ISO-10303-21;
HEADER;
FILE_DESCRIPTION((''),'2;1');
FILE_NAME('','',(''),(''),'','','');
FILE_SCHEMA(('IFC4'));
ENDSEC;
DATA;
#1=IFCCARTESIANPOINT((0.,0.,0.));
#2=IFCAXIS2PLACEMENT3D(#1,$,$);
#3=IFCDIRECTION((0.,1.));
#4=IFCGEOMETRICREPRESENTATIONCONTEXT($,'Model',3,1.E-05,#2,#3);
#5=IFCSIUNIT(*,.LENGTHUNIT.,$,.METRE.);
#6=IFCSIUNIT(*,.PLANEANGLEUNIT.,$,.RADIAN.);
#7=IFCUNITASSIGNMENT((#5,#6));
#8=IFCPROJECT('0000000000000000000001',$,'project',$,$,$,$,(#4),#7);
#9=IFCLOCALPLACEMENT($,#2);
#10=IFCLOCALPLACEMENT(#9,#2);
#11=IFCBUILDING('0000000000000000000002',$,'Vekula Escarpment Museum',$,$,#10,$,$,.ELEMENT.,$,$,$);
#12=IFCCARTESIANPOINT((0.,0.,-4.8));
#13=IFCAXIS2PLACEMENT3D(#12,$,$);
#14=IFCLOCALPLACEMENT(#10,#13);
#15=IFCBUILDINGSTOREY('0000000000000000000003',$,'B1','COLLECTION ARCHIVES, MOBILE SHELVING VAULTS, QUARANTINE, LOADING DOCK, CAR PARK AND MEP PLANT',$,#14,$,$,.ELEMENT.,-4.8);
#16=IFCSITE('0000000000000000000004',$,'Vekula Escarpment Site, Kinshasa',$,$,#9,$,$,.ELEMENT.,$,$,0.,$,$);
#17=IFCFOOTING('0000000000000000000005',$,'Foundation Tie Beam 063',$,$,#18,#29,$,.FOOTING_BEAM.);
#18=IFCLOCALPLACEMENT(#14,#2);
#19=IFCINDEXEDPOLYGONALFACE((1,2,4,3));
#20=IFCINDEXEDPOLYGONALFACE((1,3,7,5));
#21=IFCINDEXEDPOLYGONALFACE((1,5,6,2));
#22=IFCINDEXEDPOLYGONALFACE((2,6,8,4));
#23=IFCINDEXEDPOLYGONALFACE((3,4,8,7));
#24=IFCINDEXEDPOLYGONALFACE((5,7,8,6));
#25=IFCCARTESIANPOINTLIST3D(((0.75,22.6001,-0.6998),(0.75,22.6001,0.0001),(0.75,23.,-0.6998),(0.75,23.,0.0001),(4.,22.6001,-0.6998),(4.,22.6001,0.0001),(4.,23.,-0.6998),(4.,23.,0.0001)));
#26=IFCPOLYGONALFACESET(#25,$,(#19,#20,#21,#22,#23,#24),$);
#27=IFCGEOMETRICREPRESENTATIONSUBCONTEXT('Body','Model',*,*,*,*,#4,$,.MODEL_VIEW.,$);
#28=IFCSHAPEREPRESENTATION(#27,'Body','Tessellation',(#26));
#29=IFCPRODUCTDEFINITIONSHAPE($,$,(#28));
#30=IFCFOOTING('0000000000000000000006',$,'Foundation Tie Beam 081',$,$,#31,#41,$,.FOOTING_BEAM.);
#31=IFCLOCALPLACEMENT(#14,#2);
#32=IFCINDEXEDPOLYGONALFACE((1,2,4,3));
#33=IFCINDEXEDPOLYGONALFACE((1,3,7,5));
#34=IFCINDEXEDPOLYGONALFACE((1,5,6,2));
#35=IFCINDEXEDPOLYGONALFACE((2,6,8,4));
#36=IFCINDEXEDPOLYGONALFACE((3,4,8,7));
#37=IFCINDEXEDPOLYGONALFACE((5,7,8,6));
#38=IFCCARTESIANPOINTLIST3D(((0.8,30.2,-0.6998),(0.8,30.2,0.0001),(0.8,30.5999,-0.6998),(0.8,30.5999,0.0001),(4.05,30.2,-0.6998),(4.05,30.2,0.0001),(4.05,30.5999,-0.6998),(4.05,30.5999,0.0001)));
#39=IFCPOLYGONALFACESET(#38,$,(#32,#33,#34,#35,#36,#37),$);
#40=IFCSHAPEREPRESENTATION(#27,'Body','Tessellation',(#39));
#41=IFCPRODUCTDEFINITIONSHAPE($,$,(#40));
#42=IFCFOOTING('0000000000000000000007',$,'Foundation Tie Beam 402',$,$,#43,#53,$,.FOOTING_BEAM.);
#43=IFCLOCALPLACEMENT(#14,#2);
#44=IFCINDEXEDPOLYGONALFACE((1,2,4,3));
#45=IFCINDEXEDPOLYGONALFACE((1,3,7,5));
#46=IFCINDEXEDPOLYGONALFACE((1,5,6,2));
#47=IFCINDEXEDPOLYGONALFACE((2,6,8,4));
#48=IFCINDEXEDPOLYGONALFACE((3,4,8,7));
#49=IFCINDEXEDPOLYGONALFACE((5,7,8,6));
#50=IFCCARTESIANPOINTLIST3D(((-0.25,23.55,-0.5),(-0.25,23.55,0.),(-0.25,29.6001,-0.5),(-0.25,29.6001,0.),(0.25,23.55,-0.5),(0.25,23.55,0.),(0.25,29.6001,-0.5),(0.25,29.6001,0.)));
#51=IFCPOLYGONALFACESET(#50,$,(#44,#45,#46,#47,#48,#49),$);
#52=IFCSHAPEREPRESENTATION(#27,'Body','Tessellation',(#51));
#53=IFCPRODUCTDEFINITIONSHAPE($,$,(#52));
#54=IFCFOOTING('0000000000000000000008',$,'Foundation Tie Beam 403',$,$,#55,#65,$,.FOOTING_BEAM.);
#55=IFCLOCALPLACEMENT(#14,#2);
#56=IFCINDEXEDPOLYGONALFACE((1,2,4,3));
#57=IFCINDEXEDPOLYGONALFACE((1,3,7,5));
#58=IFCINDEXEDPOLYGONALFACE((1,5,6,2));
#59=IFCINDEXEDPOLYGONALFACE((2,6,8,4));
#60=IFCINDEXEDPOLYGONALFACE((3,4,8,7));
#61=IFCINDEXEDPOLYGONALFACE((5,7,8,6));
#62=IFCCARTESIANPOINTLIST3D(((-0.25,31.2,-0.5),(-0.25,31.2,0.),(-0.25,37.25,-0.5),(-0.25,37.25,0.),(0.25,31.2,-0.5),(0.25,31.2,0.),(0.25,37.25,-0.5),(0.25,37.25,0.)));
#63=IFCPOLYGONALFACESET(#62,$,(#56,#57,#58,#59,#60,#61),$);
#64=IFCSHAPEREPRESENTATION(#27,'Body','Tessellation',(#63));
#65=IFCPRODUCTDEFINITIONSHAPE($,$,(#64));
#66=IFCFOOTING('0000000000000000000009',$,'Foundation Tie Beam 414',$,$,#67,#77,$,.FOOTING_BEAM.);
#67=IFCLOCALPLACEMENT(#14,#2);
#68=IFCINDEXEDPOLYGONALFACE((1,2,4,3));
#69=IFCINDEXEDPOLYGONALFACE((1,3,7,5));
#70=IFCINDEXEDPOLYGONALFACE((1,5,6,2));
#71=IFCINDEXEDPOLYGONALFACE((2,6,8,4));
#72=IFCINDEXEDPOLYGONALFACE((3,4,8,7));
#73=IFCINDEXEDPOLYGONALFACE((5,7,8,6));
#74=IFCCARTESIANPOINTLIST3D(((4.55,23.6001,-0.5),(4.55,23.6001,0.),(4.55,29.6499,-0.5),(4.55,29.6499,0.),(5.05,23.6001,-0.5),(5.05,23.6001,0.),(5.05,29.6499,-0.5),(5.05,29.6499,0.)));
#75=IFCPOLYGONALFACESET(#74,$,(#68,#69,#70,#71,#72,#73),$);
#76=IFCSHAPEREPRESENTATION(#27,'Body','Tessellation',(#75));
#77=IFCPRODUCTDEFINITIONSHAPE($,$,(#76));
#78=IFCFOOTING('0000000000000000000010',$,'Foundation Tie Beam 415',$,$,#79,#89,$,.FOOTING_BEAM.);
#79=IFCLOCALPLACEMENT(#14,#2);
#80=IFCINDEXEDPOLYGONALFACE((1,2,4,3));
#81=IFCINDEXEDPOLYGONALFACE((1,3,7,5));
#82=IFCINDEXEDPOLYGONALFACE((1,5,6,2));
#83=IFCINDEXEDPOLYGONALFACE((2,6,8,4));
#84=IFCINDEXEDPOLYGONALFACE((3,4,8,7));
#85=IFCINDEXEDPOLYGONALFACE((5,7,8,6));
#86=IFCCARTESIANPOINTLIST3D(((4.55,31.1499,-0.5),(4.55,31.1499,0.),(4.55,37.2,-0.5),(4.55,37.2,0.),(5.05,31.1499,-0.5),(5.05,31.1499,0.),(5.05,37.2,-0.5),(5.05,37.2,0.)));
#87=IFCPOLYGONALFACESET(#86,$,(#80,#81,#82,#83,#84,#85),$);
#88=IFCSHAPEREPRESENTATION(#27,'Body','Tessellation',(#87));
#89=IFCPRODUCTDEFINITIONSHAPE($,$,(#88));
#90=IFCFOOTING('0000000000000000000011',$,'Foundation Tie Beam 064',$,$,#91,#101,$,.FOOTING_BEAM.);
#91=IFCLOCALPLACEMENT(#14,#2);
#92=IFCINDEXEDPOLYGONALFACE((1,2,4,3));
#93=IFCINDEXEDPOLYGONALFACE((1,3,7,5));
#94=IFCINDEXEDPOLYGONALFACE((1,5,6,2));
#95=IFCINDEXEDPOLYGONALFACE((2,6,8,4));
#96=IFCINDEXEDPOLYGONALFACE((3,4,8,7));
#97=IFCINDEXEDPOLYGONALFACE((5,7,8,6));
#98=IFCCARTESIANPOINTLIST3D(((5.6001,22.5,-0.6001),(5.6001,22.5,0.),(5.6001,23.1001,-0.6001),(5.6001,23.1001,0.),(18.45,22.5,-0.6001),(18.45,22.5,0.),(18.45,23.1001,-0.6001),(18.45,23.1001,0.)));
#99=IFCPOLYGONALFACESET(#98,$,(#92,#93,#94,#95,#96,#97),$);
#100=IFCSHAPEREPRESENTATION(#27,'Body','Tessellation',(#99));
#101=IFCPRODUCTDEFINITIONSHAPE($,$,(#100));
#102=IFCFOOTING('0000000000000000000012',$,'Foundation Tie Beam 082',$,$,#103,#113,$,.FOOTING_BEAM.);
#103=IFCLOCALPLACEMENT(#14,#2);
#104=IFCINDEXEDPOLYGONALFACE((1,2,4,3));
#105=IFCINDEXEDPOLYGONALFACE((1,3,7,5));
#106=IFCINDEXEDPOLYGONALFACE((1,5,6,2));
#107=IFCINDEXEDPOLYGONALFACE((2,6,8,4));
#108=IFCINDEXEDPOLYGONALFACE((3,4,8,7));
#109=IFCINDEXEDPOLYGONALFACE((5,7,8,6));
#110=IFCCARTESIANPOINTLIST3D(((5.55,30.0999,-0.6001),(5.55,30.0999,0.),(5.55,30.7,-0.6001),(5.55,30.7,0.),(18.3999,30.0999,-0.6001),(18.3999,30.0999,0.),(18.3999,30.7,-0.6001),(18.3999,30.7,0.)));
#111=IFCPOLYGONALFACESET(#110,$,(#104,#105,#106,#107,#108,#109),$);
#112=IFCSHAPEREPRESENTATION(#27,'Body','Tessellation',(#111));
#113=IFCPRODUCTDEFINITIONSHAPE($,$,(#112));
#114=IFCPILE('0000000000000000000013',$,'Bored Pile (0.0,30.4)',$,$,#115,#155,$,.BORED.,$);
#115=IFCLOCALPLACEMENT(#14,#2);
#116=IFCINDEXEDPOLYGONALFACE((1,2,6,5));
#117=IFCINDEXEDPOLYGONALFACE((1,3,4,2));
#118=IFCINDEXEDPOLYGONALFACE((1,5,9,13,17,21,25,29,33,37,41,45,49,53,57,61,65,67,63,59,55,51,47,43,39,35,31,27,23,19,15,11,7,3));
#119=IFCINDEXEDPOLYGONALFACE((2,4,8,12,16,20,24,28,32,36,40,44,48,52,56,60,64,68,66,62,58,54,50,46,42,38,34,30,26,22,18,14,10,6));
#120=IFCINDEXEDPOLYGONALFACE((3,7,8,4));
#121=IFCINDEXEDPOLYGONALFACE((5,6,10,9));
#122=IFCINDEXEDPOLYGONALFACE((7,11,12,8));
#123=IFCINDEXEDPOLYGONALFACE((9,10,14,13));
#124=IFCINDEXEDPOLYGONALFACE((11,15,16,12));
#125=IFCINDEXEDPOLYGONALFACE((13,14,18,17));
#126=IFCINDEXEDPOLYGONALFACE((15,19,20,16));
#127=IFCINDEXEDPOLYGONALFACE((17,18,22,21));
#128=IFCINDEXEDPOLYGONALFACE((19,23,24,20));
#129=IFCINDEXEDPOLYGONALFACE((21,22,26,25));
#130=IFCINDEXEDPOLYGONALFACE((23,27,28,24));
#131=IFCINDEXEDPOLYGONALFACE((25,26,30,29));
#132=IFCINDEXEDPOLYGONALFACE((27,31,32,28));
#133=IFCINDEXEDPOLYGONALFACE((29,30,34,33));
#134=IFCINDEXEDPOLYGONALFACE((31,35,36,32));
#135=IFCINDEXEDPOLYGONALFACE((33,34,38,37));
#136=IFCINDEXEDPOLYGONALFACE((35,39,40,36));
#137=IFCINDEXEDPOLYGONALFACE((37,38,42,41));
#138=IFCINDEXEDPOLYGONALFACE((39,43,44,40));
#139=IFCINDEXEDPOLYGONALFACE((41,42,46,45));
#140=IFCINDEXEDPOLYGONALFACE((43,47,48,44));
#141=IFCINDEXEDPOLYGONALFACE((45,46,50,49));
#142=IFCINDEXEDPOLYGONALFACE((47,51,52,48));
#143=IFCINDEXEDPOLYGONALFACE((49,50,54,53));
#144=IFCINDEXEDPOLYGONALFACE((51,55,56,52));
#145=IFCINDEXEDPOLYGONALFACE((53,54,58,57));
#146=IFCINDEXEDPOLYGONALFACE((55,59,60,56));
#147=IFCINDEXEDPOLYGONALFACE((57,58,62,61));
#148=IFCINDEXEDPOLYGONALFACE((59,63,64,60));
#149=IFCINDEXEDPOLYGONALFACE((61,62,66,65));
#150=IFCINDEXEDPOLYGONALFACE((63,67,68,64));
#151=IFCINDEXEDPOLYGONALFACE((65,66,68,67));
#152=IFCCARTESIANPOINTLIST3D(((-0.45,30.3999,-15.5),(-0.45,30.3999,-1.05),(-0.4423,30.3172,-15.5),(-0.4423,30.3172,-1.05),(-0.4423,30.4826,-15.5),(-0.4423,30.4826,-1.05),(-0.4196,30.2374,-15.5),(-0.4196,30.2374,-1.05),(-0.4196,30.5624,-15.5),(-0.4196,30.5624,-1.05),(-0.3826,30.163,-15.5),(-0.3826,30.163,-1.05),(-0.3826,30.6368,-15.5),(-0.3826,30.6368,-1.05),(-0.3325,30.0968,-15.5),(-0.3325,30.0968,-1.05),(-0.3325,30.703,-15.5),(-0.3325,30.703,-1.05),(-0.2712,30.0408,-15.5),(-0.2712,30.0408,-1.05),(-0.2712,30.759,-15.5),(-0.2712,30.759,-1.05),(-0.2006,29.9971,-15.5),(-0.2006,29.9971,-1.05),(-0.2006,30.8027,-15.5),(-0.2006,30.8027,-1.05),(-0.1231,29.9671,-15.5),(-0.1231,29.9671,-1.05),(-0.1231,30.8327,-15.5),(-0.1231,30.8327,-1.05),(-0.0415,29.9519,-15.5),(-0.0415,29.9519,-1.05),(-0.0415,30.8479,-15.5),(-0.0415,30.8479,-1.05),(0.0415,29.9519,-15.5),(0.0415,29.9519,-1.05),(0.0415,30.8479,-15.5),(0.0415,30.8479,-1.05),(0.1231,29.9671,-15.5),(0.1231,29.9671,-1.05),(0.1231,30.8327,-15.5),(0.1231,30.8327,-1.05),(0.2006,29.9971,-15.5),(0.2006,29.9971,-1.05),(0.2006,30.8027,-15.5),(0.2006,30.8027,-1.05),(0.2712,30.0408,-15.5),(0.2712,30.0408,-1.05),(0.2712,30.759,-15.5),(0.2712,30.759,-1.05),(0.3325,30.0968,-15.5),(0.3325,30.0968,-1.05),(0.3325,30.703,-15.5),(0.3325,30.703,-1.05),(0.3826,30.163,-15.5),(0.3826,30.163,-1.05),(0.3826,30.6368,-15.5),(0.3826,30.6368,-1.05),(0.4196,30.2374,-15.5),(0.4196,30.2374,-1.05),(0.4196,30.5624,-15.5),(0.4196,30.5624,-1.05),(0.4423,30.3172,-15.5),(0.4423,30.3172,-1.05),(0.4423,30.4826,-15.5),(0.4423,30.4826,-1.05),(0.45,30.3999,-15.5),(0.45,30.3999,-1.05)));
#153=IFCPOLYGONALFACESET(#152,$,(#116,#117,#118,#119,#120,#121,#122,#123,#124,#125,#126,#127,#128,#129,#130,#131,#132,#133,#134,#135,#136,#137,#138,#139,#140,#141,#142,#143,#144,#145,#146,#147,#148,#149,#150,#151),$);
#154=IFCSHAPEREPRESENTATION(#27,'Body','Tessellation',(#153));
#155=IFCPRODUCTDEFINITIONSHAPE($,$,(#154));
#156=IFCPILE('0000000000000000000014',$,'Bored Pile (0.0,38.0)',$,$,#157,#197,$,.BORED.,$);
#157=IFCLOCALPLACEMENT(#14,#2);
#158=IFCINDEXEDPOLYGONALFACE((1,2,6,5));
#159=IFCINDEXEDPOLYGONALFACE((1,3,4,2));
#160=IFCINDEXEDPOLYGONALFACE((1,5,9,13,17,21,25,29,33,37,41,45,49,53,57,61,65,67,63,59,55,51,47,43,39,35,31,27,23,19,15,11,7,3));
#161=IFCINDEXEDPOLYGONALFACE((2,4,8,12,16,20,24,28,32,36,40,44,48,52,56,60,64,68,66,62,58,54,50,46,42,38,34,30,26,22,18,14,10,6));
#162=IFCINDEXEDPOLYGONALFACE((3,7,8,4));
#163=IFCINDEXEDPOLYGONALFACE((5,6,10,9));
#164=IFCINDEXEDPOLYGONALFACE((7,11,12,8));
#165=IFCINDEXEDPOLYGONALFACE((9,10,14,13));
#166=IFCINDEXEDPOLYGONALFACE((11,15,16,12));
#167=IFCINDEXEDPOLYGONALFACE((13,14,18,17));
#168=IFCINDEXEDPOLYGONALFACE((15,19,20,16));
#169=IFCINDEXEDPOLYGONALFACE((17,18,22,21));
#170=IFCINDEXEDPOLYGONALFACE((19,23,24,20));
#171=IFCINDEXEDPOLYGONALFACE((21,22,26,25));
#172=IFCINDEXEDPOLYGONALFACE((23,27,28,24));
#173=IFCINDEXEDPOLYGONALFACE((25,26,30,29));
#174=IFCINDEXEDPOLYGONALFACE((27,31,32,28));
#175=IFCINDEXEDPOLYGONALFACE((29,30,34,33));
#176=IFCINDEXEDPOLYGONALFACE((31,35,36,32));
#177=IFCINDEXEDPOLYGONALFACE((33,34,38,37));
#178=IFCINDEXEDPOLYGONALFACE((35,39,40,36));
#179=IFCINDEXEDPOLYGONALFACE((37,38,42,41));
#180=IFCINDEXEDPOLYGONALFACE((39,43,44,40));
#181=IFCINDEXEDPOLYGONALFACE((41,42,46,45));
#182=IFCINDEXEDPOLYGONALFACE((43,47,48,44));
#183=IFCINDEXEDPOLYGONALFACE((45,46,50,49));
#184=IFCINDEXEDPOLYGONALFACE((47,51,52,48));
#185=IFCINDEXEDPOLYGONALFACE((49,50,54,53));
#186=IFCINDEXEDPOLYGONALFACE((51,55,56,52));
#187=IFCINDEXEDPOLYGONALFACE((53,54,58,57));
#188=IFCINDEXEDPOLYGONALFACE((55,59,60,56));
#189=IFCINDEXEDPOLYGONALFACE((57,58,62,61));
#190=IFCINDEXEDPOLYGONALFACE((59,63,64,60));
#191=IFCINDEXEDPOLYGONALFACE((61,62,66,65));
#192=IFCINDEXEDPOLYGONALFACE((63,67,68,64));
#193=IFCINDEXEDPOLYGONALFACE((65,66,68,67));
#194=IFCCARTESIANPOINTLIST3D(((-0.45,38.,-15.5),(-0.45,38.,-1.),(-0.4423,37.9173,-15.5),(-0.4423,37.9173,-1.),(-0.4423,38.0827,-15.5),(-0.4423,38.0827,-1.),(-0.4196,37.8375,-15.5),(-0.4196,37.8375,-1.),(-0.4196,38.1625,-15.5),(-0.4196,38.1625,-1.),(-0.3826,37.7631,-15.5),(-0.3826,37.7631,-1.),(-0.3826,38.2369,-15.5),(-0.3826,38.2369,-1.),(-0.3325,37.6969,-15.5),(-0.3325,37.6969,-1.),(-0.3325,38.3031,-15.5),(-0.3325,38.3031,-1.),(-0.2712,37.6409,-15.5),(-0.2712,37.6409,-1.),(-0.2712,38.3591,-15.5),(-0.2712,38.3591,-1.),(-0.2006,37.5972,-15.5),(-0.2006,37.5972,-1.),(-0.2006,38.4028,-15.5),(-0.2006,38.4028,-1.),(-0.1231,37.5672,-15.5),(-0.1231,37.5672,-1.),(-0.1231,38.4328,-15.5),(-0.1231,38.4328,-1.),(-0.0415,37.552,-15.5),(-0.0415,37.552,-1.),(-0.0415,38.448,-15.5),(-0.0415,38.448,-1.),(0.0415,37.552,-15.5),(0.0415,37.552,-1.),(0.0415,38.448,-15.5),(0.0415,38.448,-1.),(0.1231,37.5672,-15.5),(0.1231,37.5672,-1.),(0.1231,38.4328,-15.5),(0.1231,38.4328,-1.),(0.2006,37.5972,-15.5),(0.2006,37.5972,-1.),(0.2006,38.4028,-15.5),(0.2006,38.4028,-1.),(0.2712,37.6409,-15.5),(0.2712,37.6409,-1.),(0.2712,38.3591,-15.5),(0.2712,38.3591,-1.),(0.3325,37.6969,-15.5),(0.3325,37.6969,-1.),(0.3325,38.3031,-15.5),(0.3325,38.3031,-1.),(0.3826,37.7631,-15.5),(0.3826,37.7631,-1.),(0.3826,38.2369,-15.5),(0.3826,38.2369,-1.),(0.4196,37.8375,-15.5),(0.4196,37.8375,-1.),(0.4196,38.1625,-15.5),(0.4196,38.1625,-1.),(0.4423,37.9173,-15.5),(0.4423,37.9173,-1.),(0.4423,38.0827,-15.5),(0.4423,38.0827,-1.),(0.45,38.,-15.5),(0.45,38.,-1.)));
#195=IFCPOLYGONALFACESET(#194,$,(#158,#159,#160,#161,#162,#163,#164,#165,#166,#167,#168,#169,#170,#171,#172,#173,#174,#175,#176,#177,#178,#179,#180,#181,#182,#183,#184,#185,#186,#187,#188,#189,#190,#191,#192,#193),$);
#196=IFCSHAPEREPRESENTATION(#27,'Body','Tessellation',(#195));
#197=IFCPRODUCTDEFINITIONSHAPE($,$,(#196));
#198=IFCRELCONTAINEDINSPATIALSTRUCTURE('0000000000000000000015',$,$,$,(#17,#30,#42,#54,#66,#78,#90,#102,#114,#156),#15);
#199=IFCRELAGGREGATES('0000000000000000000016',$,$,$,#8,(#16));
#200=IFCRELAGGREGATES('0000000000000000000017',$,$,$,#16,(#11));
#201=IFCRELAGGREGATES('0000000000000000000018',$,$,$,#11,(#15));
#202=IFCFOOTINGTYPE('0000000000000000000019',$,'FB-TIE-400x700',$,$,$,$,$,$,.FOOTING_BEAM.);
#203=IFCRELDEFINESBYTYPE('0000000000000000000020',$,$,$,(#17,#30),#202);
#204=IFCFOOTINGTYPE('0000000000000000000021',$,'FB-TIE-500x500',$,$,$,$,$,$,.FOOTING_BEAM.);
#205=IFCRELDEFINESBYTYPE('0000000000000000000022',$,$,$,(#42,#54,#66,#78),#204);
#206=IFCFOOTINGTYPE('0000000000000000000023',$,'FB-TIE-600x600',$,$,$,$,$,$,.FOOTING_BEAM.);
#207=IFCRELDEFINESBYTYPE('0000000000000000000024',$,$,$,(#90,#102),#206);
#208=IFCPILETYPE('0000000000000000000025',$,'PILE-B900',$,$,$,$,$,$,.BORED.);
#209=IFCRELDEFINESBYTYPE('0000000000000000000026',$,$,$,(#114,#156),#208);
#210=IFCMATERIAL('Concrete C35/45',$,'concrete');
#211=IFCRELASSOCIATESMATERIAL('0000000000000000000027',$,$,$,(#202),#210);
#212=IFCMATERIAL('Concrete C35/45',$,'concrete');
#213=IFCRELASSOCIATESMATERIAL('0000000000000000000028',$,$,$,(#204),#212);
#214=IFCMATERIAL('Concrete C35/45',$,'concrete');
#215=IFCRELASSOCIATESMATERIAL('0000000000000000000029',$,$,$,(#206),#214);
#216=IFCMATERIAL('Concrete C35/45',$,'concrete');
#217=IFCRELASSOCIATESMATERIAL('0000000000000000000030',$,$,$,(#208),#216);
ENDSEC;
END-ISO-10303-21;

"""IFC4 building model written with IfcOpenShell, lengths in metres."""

from ifc_helpers import new_model, si_unit, direction, frame, origin, origin_2d, place, context, subcontext, project, spatial, rectangle, circle, extrude, material, material_profile, profile_set, type_object, element, save


model = new_model("IFC4")

# Units and contexts
model_context = context("Model", 3, precision=1e-05, world=origin(), true_north=direction((0.0, 1.0)))
body_context = subcontext(model_context, "Body", "Model", "MODEL_VIEW")
ifc_project = project(units=[si_unit("LENGTHUNIT", "METRE"), si_unit("PLANEANGLEUNIT", "RADIAN")], contexts=[model_context])

# Site, building, storey
site_placement = place(None, origin())
site = spatial("IfcSite", under=ifc_project, at=site_placement, Name="Vekula Escarpment Site, Kinshasa", CompositionType="ELEMENT", RefElevation=0.0)
building_placement = place(site_placement, origin())
building = spatial("IfcBuilding", under=site, at=building_placement, Name="Vekula Escarpment Museum", CompositionType="ELEMENT")
storey_placement = place(building_placement, frame((0.0, 0.0, -4.8)))
storey = spatial("IfcBuildingStorey", under=building, at=storey_placement, Name="B1", Description="COLLECTION ARCHIVES, MOBILE SHELVING VAULTS, QUARANTINE, LOADING DOCK, CAR PARK AND MEP PLANT", CompositionType="ELEMENT", Elevation=-4.8)

# Footings
ifc_material_1 = material(Name="Concrete C35/45", Category="concrete")
ifc_material_profile_1 = material_profile(ifc_material_1, rectangle(XDim=0.3999, YDim=0.7, at=origin_2d()), Name="RC 400x700")
ifc_profile_set_1 = profile_set([ifc_material_profile_1], Name="Concrete C35/45")
footing_type_1 = type_object("IfcFootingType", Name="FB-TIE-400x700", PredefinedType="FOOTING_BEAM", material=ifc_profile_set_1)
for number, where, z_axis, x_axis, name in (
    (1, (0.75, 22.8, -0.3499), (1.0, 0.0, 0.0), (0.0, 1.0, 0.0), "Foundation Tie Beam 063"),
    (2, (0.8, 30.3999, -0.3499), (1.0, 0.0, 0.0), (0.0, 1.0, 0.0), "Foundation Tie Beam 081"),
):
    element("IfcFooting", number, at=place(storey_placement, frame(where, z_axis=z_axis, x_axis=x_axis)), inside=storey, type_object=footing_type_1, Name=name, PredefinedType="FOOTING_BEAM", context=body_context, shape_type="SweptSolid", body=[
        extrude(rectangle(XDim=0.3999, YDim=0.7, at=origin_2d()), origin(), (0.0, 0.0, 1.0), 3.25),
    ])
ifc_material_2 = material(Name="Concrete C35/45", Category="concrete")
ifc_material_profile_2 = material_profile(ifc_material_2, rectangle(XDim=0.5, YDim=0.5, at=origin_2d()), Name="RC 500x500")
ifc_profile_set_2 = profile_set([ifc_material_profile_2], Name="Concrete C35/45")
footing_type_2 = type_object("IfcFootingType", Name="FB-TIE-500x500", PredefinedType="FOOTING_BEAM", material=ifc_profile_set_2)
for number, where, z_axis, x_axis, name in (
    (3, (0.0, 23.55, -0.25), (0.0, 1.0, 0.0), (-1.0, 0.0, 0.0), "Foundation Tie Beam 402"),
    (4, (0.0, 31.2, -0.25), (0.0, 1.0, 0.0), (-1.0, 0.0, 0.0), "Foundation Tie Beam 403"),
):
    element("IfcFooting", number, at=place(storey_placement, frame(where, z_axis=z_axis, x_axis=x_axis)), inside=storey, type_object=footing_type_2, Name=name, PredefinedType="FOOTING_BEAM", context=body_context, shape_type="SweptSolid", body=[
        extrude(rectangle(XDim=0.5, YDim=0.5, at=origin_2d()), origin(), (0.0, 0.0, 1.0), 6.05),
    ])
footing_1_placement = place(storey_placement, frame((4.8, 23.6001, -0.25), z_axis=(0.0, 1.0, 0.0), x_axis=(-1.0, 0.0, 0.0)))
element("IfcFooting", 5, at=footing_1_placement, inside=storey, type_object=footing_type_2, Name="Foundation Tie Beam 414", PredefinedType="FOOTING_BEAM", context=body_context, shape_type="SweptSolid", body=[
    extrude(rectangle(XDim=0.5, YDim=0.5, at=origin_2d()), origin(), (0.0, 0.0, 1.0), 6.0498),
])
footing_2_placement = place(storey_placement, frame((4.8, 31.1499, -0.25), z_axis=(0.0, 1.0, 0.0), x_axis=(-1.0, 0.0, 0.0)))
element("IfcFooting", 6, at=footing_2_placement, inside=storey, type_object=footing_type_2, Name="Foundation Tie Beam 415", PredefinedType="FOOTING_BEAM", context=body_context, shape_type="SweptSolid", body=[
    extrude(rectangle(XDim=0.5, YDim=0.5, at=origin_2d()), origin(), (0.0, 0.0, 1.0), 6.05),
])
ifc_material_3 = material(Name="Concrete C35/45", Category="concrete")
ifc_material_profile_3 = material_profile(ifc_material_3, rectangle(XDim=0.6001, YDim=0.6001, at=origin_2d()), Name="RC 600x600")
ifc_profile_set_3 = profile_set([ifc_material_profile_3], Name="Concrete C35/45")
footing_type_3 = type_object("IfcFootingType", Name="FB-TIE-600x600", PredefinedType="FOOTING_BEAM", material=ifc_profile_set_3)
for number, where, z_axis, x_axis, name in (
    (7, (5.6001, 22.8, -0.3), (1.0, 0.0, 0.0), (0.0, 1.0, 0.0), "Foundation Tie Beam 064"),
    (8, (5.55, 30.3999, -0.3), (1.0, 0.0, 0.0), (0.0, 1.0, 0.0), "Foundation Tie Beam 082"),
):
    element("IfcFooting", number, at=place(storey_placement, frame(where, z_axis=z_axis, x_axis=x_axis)), inside=storey, type_object=footing_type_3, Name=name, PredefinedType="FOOTING_BEAM", context=body_context, shape_type="SweptSolid", body=[
        extrude(rectangle(XDim=0.6001, YDim=0.6001, at=origin_2d()), origin(), (0.0, 0.0, 1.0), 12.8499),
    ])

# Piles
ifc_material_4 = material(Name="Concrete C35/45", Category="concrete")
ifc_material_profile_4 = material_profile(ifc_material_4, circle(Radius=0.45, at=origin_2d()), Name="BORED PILE 900")
ifc_profile_set_4 = profile_set([ifc_material_profile_4], Name="Concrete C35/45")
pile_type = type_object("IfcPileType", Name="PILE-B900", PredefinedType="BORED", material=ifc_profile_set_4)
pile_1_placement = place(storey_placement, frame((0.0, 30.3999, -1.05), z_axis=(0.0, 0.0, -1.0), x_axis=(1.0, 0.0, 0.0)))
element("IfcPile", 9, at=pile_1_placement, inside=storey, type_object=pile_type, Name="Bored Pile (0.0,30.4)", PredefinedType="BORED", context=body_context, shape_type="SweptSolid", body=[
    extrude(circle(Radius=0.45, at=origin_2d()), origin(), (0.0, 0.0, 1.0), 14.45),
])
pile_2_placement = place(storey_placement, frame((0.0, 38.0, -1.0), z_axis=(0.0, 0.0, -1.0), x_axis=(1.0, 0.0, 0.0)))
element("IfcPile", 10, at=pile_2_placement, inside=storey, type_object=pile_type, Name="Bored Pile (0.0,38.0)", PredefinedType="BORED", context=body_context, shape_type="SweptSolid", body=[
    extrude(circle(Radius=0.45, at=origin_2d()), origin(), (0.0, 0.0, 1.0), 14.5),
])

save(model, "model.ifc")
